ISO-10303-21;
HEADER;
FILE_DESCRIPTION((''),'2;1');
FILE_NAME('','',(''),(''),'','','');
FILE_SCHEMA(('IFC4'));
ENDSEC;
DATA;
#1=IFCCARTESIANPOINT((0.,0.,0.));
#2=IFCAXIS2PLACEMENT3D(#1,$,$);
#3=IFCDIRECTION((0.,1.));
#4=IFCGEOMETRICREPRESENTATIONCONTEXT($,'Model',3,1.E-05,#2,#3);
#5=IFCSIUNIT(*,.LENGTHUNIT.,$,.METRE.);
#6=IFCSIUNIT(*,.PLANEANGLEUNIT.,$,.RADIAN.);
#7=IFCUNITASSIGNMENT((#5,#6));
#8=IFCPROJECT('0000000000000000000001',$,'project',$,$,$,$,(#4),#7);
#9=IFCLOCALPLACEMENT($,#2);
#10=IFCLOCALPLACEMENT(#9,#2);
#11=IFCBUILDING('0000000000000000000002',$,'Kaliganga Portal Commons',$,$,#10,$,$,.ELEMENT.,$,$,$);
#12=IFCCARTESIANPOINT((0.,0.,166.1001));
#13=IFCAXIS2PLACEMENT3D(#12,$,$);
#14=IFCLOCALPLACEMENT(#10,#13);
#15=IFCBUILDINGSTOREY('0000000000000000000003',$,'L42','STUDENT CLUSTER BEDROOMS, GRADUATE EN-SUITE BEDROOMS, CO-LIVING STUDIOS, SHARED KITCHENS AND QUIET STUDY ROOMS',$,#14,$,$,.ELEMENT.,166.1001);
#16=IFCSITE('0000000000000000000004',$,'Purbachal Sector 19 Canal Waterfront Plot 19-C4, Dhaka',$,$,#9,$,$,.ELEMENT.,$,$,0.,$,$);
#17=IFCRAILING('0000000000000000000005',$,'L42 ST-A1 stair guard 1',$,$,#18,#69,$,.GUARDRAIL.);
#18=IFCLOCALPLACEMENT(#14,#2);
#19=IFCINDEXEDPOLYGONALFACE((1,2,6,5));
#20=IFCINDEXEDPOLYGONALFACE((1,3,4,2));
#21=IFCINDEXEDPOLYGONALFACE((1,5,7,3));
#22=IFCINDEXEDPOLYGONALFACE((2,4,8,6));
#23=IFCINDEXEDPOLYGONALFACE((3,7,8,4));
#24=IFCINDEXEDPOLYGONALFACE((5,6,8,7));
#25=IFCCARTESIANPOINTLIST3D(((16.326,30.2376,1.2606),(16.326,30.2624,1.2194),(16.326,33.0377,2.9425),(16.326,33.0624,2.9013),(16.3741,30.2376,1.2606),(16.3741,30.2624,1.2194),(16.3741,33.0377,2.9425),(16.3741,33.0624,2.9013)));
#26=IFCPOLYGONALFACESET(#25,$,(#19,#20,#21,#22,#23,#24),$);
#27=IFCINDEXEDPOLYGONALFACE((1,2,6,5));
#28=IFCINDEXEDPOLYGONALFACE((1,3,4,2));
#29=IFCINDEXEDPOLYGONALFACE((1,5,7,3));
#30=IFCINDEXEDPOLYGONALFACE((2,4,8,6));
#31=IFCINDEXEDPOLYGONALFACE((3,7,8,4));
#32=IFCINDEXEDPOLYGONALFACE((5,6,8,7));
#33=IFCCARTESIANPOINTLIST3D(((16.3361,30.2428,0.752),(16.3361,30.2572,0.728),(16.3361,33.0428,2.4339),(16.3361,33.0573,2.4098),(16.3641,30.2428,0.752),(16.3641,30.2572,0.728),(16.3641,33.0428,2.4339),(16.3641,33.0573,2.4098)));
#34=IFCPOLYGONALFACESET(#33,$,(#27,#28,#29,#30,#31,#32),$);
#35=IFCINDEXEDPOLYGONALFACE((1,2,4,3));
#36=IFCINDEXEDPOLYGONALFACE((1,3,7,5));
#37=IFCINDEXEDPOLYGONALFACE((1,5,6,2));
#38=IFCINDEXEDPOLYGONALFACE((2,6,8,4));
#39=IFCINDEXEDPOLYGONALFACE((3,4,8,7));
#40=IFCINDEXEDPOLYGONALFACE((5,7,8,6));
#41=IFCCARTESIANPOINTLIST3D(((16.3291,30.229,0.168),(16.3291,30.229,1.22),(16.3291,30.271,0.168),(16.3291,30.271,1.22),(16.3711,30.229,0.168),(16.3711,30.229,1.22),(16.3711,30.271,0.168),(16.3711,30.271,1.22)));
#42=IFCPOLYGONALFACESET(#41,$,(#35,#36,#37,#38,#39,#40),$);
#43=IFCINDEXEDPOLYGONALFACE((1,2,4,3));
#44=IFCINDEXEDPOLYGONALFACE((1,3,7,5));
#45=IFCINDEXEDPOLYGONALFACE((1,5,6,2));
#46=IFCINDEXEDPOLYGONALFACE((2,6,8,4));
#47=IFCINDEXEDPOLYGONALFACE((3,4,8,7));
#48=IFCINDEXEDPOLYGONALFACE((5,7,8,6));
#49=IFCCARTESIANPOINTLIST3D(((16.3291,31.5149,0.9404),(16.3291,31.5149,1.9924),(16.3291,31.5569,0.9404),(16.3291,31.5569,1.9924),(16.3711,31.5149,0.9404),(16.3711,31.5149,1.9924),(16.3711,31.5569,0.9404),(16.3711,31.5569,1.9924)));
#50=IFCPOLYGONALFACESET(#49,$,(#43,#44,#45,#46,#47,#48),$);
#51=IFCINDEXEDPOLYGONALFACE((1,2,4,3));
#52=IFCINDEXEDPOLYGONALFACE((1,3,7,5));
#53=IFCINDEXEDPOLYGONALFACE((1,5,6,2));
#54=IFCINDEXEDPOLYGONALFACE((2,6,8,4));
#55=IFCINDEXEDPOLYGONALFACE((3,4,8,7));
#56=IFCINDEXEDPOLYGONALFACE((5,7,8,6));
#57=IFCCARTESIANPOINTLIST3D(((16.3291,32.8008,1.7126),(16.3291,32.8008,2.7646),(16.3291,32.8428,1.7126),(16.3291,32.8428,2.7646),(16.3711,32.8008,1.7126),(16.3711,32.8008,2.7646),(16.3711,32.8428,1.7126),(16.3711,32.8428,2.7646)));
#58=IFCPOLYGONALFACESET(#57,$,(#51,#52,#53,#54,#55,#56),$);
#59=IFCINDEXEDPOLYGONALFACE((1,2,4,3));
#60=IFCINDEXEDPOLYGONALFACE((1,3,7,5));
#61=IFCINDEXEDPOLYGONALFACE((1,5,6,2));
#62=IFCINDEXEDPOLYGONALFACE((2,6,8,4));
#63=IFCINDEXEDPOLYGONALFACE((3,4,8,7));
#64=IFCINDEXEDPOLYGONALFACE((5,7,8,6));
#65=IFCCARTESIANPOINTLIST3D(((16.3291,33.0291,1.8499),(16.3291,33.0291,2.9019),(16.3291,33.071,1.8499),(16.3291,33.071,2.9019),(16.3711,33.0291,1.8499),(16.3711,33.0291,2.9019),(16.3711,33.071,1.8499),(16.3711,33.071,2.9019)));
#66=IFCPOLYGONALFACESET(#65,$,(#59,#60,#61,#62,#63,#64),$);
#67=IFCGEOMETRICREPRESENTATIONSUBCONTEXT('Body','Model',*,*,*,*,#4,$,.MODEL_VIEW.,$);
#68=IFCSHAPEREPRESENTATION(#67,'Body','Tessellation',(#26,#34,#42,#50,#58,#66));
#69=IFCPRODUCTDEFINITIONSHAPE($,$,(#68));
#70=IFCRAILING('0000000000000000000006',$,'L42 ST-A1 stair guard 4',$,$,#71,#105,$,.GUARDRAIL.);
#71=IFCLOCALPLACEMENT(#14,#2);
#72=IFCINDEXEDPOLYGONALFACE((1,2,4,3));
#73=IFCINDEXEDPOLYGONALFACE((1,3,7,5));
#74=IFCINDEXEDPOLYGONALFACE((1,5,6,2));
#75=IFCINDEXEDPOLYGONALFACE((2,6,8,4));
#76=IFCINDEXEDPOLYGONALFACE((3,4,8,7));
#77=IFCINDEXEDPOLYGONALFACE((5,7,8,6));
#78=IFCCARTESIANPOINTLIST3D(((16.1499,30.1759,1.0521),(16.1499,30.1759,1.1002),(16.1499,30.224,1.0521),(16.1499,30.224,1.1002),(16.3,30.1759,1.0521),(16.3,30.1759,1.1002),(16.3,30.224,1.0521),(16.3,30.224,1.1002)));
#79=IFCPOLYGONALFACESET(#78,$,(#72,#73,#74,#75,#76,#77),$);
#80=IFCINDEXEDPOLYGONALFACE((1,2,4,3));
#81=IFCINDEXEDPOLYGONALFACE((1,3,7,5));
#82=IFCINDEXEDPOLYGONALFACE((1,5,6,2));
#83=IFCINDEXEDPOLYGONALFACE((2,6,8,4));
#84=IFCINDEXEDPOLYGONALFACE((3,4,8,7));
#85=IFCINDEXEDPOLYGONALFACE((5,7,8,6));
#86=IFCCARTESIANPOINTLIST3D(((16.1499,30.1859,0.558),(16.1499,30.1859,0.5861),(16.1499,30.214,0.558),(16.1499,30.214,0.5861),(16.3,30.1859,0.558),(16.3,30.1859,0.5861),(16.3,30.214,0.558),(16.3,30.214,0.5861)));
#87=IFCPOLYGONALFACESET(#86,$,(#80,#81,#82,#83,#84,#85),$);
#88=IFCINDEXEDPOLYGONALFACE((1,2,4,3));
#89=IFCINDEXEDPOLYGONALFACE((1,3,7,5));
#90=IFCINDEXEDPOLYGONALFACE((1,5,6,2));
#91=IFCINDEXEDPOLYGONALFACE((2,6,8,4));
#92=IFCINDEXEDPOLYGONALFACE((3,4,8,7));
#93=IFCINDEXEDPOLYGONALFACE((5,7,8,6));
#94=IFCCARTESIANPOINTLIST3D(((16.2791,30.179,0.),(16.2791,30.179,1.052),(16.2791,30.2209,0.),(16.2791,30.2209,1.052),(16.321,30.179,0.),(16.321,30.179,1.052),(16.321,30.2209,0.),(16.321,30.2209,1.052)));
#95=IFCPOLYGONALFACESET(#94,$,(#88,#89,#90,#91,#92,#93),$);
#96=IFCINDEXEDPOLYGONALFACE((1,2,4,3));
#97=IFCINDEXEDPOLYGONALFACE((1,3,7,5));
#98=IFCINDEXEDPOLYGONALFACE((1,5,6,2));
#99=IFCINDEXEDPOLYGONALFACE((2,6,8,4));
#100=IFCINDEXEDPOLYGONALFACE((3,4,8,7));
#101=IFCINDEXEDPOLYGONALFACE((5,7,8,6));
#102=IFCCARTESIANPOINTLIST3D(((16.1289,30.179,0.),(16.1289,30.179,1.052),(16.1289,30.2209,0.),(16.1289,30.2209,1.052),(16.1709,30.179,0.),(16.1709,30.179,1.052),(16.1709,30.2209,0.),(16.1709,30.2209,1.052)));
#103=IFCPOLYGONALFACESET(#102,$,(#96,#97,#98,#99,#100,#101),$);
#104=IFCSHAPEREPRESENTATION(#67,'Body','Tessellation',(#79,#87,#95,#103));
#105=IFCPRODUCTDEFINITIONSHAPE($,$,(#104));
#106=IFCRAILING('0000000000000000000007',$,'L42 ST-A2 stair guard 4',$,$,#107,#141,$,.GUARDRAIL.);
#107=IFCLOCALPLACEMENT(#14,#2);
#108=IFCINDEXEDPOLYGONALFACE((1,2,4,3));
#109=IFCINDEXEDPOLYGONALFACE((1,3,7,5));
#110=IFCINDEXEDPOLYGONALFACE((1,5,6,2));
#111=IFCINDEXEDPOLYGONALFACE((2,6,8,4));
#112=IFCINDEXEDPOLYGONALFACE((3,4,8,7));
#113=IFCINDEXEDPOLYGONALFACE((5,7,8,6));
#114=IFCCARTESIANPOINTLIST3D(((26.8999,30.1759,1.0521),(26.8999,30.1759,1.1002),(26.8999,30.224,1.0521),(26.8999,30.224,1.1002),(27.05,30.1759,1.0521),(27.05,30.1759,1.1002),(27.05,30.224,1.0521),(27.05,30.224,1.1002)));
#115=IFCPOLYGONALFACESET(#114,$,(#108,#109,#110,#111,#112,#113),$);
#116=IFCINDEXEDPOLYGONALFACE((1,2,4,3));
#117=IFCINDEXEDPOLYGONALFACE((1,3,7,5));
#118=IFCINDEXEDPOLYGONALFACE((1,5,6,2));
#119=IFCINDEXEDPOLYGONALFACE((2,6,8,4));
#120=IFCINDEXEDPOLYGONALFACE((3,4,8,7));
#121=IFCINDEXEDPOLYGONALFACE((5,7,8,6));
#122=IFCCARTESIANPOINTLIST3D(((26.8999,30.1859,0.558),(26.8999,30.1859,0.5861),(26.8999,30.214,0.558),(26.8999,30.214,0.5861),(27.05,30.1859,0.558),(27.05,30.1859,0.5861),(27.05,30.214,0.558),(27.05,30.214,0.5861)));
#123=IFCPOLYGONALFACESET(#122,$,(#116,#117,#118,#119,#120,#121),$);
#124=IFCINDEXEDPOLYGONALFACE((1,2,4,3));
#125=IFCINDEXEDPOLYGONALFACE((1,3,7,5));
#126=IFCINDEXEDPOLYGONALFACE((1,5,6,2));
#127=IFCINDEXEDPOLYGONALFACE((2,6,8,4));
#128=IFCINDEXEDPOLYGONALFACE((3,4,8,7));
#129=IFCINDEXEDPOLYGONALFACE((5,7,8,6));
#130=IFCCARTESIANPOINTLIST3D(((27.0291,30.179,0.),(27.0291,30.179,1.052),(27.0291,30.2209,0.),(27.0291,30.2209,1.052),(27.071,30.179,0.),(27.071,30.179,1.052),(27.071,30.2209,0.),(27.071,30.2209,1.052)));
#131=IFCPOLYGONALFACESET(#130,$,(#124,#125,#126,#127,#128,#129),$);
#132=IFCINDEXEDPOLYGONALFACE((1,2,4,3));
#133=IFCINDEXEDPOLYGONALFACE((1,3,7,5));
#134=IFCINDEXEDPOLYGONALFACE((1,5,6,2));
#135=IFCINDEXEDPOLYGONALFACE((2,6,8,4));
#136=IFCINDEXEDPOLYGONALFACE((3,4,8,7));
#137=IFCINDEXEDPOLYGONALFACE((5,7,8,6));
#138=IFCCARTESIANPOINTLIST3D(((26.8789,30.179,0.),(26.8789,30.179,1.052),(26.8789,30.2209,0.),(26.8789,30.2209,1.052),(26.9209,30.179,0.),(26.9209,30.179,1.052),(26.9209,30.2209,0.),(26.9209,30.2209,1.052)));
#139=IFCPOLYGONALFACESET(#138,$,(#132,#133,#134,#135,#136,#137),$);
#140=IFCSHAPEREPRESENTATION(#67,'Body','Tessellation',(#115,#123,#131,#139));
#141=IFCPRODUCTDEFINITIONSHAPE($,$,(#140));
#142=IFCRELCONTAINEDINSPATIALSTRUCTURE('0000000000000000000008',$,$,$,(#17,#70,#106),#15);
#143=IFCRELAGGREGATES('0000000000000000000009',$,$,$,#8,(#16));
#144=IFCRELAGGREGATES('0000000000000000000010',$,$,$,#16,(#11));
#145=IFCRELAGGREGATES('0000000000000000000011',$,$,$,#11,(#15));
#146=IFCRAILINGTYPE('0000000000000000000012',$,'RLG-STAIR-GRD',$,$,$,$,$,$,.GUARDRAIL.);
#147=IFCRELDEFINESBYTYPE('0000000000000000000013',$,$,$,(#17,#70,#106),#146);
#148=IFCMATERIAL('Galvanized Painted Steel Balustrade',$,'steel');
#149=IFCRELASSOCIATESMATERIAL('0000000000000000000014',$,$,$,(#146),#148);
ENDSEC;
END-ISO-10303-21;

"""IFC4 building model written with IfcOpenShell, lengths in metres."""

from ifc_helpers import new_model, si_unit, direction, frame, origin, origin_2d, place, context, subcontext, project, spatial, rectangle, extrude, material, type_object, element, save


model = new_model("IFC4")

# Units and contexts
model_context = context("Model", 3, precision=1e-05, world=origin(), true_north=direction((0.0, 1.0)))
body_context = subcontext(model_context, "Body", "Model", "MODEL_VIEW")
ifc_project = project(units=[si_unit("LENGTHUNIT", "METRE"), si_unit("PLANEANGLEUNIT", "RADIAN")], contexts=[model_context])

# Site, building, storey
site_placement = place(None, origin())
site = spatial("IfcSite", under=ifc_project, at=site_placement, Name="Purbachal Sector 19 Canal Waterfront Plot 19-C4, Dhaka", CompositionType="ELEMENT", RefElevation=0.0)
building_placement = place(site_placement, origin())
building = spatial("IfcBuilding", under=site, at=building_placement, Name="Kaliganga Portal Commons", CompositionType="ELEMENT")
storey_placement = place(building_placement, frame((0.0, 0.0, 166.1001)))
storey = spatial("IfcBuildingStorey", under=building, at=storey_placement, Name="L42", Description="STUDENT CLUSTER BEDROOMS, GRADUATE EN-SUITE BEDROOMS, CO-LIVING STUDIOS, SHARED KITCHENS AND QUIET STUDY ROOMS", CompositionType="ELEMENT", Elevation=166.1001)

# Railings
ifc_material_1 = material(Name="Galvanized Painted Steel Balustrade", Category="steel")
railing_type = type_object("IfcRailingType", Name="RLG-STAIR-GRD", PredefinedType="GUARDRAIL", material=ifc_material_1)
railing_placement = place(storey_placement, frame((16.3501, 30.25, 0.168)))
element("IfcRailing", 1, at=railing_placement, inside=storey, type_object=railing_type, Name="L42 ST-A1 stair guard 1", PredefinedType="GUARDRAIL", context=body_context, shape_type="SweptSolid", body=[
    extrude(rectangle(XDim=0.0481, YDim=0.0481, at=origin_2d()), frame((0.0, 0.0, 1.072), z_axis=(0.0, 0.857242, 0.514913), x_axis=(-1.0, 0.0, 0.0)), (0.0, 0.0, 1.0), 3.2664),
    extrude(rectangle(XDim=0.0281, YDim=0.0281, at=origin_2d()), frame((0.0, 0.0, 0.572), z_axis=(0.0, 0.857242, 0.514913), x_axis=(-1.0, 0.0, 0.0)), (0.0, 0.0, 1.0), 3.2664),
    extrude(rectangle(XDim=0.042, YDim=0.042, at=origin_2d()), origin(), (0.0, 0.0, 1.0), 1.052),
    extrude(rectangle(XDim=0.042, YDim=0.042, at=origin_2d()), frame((0.0, 1.2859, 0.7725)), (0.0, 0.0, 1.0), 1.052),
    extrude(rectangle(XDim=0.042, YDim=0.042, at=origin_2d()), frame((0.0, 2.5718, 1.5447)), (0.0, 0.0, 1.0), 1.052),
    extrude(rectangle(XDim=0.042, YDim=0.042, at=origin_2d()), frame((0.0, 2.8, 1.6819)), (0.0, 0.0, 1.0), 1.052),
])
for number, where, name in (
    (2, (16.3, 30.2, 0.0), "L42 ST-A1 stair guard 4"),
    (3, (27.05, 30.2, 0.0), "L42 ST-A2 stair guard 4"),
):
    element("IfcRailing", number, at=place(storey_placement, frame(where)), inside=storey, type_object=railing_type, Name=name, PredefinedType="GUARDRAIL", context=body_context, shape_type="SweptSolid", body=[
        extrude(rectangle(XDim=0.0481, YDim=0.0481, at=origin_2d()), frame((0.0, 0.0, 1.0762), z_axis=(-1.0, 0.0, 0.0), x_axis=(0.0, -1.0, 0.0)), (0.0, 0.0, 1.0), 0.1501),
        extrude(rectangle(XDim=0.0281, YDim=0.0281, at=origin_2d()), frame((0.0, 0.0, 0.572), z_axis=(-1.0, 0.0, 0.0), x_axis=(0.0, -1.0, 0.0)), (0.0, 0.0, 1.0), 0.1501),
        extrude(rectangle(XDim=0.042, YDim=0.042, at=origin_2d()), origin(), (0.0, 0.0, 1.0), 1.052),
        extrude(rectangle(XDim=0.042, YDim=0.042, at=origin_2d()), frame((-0.1501, 0.0, 0.0)), (0.0, 0.0, 1.0), 1.052),
    ])

save(model, "model.ifc")
